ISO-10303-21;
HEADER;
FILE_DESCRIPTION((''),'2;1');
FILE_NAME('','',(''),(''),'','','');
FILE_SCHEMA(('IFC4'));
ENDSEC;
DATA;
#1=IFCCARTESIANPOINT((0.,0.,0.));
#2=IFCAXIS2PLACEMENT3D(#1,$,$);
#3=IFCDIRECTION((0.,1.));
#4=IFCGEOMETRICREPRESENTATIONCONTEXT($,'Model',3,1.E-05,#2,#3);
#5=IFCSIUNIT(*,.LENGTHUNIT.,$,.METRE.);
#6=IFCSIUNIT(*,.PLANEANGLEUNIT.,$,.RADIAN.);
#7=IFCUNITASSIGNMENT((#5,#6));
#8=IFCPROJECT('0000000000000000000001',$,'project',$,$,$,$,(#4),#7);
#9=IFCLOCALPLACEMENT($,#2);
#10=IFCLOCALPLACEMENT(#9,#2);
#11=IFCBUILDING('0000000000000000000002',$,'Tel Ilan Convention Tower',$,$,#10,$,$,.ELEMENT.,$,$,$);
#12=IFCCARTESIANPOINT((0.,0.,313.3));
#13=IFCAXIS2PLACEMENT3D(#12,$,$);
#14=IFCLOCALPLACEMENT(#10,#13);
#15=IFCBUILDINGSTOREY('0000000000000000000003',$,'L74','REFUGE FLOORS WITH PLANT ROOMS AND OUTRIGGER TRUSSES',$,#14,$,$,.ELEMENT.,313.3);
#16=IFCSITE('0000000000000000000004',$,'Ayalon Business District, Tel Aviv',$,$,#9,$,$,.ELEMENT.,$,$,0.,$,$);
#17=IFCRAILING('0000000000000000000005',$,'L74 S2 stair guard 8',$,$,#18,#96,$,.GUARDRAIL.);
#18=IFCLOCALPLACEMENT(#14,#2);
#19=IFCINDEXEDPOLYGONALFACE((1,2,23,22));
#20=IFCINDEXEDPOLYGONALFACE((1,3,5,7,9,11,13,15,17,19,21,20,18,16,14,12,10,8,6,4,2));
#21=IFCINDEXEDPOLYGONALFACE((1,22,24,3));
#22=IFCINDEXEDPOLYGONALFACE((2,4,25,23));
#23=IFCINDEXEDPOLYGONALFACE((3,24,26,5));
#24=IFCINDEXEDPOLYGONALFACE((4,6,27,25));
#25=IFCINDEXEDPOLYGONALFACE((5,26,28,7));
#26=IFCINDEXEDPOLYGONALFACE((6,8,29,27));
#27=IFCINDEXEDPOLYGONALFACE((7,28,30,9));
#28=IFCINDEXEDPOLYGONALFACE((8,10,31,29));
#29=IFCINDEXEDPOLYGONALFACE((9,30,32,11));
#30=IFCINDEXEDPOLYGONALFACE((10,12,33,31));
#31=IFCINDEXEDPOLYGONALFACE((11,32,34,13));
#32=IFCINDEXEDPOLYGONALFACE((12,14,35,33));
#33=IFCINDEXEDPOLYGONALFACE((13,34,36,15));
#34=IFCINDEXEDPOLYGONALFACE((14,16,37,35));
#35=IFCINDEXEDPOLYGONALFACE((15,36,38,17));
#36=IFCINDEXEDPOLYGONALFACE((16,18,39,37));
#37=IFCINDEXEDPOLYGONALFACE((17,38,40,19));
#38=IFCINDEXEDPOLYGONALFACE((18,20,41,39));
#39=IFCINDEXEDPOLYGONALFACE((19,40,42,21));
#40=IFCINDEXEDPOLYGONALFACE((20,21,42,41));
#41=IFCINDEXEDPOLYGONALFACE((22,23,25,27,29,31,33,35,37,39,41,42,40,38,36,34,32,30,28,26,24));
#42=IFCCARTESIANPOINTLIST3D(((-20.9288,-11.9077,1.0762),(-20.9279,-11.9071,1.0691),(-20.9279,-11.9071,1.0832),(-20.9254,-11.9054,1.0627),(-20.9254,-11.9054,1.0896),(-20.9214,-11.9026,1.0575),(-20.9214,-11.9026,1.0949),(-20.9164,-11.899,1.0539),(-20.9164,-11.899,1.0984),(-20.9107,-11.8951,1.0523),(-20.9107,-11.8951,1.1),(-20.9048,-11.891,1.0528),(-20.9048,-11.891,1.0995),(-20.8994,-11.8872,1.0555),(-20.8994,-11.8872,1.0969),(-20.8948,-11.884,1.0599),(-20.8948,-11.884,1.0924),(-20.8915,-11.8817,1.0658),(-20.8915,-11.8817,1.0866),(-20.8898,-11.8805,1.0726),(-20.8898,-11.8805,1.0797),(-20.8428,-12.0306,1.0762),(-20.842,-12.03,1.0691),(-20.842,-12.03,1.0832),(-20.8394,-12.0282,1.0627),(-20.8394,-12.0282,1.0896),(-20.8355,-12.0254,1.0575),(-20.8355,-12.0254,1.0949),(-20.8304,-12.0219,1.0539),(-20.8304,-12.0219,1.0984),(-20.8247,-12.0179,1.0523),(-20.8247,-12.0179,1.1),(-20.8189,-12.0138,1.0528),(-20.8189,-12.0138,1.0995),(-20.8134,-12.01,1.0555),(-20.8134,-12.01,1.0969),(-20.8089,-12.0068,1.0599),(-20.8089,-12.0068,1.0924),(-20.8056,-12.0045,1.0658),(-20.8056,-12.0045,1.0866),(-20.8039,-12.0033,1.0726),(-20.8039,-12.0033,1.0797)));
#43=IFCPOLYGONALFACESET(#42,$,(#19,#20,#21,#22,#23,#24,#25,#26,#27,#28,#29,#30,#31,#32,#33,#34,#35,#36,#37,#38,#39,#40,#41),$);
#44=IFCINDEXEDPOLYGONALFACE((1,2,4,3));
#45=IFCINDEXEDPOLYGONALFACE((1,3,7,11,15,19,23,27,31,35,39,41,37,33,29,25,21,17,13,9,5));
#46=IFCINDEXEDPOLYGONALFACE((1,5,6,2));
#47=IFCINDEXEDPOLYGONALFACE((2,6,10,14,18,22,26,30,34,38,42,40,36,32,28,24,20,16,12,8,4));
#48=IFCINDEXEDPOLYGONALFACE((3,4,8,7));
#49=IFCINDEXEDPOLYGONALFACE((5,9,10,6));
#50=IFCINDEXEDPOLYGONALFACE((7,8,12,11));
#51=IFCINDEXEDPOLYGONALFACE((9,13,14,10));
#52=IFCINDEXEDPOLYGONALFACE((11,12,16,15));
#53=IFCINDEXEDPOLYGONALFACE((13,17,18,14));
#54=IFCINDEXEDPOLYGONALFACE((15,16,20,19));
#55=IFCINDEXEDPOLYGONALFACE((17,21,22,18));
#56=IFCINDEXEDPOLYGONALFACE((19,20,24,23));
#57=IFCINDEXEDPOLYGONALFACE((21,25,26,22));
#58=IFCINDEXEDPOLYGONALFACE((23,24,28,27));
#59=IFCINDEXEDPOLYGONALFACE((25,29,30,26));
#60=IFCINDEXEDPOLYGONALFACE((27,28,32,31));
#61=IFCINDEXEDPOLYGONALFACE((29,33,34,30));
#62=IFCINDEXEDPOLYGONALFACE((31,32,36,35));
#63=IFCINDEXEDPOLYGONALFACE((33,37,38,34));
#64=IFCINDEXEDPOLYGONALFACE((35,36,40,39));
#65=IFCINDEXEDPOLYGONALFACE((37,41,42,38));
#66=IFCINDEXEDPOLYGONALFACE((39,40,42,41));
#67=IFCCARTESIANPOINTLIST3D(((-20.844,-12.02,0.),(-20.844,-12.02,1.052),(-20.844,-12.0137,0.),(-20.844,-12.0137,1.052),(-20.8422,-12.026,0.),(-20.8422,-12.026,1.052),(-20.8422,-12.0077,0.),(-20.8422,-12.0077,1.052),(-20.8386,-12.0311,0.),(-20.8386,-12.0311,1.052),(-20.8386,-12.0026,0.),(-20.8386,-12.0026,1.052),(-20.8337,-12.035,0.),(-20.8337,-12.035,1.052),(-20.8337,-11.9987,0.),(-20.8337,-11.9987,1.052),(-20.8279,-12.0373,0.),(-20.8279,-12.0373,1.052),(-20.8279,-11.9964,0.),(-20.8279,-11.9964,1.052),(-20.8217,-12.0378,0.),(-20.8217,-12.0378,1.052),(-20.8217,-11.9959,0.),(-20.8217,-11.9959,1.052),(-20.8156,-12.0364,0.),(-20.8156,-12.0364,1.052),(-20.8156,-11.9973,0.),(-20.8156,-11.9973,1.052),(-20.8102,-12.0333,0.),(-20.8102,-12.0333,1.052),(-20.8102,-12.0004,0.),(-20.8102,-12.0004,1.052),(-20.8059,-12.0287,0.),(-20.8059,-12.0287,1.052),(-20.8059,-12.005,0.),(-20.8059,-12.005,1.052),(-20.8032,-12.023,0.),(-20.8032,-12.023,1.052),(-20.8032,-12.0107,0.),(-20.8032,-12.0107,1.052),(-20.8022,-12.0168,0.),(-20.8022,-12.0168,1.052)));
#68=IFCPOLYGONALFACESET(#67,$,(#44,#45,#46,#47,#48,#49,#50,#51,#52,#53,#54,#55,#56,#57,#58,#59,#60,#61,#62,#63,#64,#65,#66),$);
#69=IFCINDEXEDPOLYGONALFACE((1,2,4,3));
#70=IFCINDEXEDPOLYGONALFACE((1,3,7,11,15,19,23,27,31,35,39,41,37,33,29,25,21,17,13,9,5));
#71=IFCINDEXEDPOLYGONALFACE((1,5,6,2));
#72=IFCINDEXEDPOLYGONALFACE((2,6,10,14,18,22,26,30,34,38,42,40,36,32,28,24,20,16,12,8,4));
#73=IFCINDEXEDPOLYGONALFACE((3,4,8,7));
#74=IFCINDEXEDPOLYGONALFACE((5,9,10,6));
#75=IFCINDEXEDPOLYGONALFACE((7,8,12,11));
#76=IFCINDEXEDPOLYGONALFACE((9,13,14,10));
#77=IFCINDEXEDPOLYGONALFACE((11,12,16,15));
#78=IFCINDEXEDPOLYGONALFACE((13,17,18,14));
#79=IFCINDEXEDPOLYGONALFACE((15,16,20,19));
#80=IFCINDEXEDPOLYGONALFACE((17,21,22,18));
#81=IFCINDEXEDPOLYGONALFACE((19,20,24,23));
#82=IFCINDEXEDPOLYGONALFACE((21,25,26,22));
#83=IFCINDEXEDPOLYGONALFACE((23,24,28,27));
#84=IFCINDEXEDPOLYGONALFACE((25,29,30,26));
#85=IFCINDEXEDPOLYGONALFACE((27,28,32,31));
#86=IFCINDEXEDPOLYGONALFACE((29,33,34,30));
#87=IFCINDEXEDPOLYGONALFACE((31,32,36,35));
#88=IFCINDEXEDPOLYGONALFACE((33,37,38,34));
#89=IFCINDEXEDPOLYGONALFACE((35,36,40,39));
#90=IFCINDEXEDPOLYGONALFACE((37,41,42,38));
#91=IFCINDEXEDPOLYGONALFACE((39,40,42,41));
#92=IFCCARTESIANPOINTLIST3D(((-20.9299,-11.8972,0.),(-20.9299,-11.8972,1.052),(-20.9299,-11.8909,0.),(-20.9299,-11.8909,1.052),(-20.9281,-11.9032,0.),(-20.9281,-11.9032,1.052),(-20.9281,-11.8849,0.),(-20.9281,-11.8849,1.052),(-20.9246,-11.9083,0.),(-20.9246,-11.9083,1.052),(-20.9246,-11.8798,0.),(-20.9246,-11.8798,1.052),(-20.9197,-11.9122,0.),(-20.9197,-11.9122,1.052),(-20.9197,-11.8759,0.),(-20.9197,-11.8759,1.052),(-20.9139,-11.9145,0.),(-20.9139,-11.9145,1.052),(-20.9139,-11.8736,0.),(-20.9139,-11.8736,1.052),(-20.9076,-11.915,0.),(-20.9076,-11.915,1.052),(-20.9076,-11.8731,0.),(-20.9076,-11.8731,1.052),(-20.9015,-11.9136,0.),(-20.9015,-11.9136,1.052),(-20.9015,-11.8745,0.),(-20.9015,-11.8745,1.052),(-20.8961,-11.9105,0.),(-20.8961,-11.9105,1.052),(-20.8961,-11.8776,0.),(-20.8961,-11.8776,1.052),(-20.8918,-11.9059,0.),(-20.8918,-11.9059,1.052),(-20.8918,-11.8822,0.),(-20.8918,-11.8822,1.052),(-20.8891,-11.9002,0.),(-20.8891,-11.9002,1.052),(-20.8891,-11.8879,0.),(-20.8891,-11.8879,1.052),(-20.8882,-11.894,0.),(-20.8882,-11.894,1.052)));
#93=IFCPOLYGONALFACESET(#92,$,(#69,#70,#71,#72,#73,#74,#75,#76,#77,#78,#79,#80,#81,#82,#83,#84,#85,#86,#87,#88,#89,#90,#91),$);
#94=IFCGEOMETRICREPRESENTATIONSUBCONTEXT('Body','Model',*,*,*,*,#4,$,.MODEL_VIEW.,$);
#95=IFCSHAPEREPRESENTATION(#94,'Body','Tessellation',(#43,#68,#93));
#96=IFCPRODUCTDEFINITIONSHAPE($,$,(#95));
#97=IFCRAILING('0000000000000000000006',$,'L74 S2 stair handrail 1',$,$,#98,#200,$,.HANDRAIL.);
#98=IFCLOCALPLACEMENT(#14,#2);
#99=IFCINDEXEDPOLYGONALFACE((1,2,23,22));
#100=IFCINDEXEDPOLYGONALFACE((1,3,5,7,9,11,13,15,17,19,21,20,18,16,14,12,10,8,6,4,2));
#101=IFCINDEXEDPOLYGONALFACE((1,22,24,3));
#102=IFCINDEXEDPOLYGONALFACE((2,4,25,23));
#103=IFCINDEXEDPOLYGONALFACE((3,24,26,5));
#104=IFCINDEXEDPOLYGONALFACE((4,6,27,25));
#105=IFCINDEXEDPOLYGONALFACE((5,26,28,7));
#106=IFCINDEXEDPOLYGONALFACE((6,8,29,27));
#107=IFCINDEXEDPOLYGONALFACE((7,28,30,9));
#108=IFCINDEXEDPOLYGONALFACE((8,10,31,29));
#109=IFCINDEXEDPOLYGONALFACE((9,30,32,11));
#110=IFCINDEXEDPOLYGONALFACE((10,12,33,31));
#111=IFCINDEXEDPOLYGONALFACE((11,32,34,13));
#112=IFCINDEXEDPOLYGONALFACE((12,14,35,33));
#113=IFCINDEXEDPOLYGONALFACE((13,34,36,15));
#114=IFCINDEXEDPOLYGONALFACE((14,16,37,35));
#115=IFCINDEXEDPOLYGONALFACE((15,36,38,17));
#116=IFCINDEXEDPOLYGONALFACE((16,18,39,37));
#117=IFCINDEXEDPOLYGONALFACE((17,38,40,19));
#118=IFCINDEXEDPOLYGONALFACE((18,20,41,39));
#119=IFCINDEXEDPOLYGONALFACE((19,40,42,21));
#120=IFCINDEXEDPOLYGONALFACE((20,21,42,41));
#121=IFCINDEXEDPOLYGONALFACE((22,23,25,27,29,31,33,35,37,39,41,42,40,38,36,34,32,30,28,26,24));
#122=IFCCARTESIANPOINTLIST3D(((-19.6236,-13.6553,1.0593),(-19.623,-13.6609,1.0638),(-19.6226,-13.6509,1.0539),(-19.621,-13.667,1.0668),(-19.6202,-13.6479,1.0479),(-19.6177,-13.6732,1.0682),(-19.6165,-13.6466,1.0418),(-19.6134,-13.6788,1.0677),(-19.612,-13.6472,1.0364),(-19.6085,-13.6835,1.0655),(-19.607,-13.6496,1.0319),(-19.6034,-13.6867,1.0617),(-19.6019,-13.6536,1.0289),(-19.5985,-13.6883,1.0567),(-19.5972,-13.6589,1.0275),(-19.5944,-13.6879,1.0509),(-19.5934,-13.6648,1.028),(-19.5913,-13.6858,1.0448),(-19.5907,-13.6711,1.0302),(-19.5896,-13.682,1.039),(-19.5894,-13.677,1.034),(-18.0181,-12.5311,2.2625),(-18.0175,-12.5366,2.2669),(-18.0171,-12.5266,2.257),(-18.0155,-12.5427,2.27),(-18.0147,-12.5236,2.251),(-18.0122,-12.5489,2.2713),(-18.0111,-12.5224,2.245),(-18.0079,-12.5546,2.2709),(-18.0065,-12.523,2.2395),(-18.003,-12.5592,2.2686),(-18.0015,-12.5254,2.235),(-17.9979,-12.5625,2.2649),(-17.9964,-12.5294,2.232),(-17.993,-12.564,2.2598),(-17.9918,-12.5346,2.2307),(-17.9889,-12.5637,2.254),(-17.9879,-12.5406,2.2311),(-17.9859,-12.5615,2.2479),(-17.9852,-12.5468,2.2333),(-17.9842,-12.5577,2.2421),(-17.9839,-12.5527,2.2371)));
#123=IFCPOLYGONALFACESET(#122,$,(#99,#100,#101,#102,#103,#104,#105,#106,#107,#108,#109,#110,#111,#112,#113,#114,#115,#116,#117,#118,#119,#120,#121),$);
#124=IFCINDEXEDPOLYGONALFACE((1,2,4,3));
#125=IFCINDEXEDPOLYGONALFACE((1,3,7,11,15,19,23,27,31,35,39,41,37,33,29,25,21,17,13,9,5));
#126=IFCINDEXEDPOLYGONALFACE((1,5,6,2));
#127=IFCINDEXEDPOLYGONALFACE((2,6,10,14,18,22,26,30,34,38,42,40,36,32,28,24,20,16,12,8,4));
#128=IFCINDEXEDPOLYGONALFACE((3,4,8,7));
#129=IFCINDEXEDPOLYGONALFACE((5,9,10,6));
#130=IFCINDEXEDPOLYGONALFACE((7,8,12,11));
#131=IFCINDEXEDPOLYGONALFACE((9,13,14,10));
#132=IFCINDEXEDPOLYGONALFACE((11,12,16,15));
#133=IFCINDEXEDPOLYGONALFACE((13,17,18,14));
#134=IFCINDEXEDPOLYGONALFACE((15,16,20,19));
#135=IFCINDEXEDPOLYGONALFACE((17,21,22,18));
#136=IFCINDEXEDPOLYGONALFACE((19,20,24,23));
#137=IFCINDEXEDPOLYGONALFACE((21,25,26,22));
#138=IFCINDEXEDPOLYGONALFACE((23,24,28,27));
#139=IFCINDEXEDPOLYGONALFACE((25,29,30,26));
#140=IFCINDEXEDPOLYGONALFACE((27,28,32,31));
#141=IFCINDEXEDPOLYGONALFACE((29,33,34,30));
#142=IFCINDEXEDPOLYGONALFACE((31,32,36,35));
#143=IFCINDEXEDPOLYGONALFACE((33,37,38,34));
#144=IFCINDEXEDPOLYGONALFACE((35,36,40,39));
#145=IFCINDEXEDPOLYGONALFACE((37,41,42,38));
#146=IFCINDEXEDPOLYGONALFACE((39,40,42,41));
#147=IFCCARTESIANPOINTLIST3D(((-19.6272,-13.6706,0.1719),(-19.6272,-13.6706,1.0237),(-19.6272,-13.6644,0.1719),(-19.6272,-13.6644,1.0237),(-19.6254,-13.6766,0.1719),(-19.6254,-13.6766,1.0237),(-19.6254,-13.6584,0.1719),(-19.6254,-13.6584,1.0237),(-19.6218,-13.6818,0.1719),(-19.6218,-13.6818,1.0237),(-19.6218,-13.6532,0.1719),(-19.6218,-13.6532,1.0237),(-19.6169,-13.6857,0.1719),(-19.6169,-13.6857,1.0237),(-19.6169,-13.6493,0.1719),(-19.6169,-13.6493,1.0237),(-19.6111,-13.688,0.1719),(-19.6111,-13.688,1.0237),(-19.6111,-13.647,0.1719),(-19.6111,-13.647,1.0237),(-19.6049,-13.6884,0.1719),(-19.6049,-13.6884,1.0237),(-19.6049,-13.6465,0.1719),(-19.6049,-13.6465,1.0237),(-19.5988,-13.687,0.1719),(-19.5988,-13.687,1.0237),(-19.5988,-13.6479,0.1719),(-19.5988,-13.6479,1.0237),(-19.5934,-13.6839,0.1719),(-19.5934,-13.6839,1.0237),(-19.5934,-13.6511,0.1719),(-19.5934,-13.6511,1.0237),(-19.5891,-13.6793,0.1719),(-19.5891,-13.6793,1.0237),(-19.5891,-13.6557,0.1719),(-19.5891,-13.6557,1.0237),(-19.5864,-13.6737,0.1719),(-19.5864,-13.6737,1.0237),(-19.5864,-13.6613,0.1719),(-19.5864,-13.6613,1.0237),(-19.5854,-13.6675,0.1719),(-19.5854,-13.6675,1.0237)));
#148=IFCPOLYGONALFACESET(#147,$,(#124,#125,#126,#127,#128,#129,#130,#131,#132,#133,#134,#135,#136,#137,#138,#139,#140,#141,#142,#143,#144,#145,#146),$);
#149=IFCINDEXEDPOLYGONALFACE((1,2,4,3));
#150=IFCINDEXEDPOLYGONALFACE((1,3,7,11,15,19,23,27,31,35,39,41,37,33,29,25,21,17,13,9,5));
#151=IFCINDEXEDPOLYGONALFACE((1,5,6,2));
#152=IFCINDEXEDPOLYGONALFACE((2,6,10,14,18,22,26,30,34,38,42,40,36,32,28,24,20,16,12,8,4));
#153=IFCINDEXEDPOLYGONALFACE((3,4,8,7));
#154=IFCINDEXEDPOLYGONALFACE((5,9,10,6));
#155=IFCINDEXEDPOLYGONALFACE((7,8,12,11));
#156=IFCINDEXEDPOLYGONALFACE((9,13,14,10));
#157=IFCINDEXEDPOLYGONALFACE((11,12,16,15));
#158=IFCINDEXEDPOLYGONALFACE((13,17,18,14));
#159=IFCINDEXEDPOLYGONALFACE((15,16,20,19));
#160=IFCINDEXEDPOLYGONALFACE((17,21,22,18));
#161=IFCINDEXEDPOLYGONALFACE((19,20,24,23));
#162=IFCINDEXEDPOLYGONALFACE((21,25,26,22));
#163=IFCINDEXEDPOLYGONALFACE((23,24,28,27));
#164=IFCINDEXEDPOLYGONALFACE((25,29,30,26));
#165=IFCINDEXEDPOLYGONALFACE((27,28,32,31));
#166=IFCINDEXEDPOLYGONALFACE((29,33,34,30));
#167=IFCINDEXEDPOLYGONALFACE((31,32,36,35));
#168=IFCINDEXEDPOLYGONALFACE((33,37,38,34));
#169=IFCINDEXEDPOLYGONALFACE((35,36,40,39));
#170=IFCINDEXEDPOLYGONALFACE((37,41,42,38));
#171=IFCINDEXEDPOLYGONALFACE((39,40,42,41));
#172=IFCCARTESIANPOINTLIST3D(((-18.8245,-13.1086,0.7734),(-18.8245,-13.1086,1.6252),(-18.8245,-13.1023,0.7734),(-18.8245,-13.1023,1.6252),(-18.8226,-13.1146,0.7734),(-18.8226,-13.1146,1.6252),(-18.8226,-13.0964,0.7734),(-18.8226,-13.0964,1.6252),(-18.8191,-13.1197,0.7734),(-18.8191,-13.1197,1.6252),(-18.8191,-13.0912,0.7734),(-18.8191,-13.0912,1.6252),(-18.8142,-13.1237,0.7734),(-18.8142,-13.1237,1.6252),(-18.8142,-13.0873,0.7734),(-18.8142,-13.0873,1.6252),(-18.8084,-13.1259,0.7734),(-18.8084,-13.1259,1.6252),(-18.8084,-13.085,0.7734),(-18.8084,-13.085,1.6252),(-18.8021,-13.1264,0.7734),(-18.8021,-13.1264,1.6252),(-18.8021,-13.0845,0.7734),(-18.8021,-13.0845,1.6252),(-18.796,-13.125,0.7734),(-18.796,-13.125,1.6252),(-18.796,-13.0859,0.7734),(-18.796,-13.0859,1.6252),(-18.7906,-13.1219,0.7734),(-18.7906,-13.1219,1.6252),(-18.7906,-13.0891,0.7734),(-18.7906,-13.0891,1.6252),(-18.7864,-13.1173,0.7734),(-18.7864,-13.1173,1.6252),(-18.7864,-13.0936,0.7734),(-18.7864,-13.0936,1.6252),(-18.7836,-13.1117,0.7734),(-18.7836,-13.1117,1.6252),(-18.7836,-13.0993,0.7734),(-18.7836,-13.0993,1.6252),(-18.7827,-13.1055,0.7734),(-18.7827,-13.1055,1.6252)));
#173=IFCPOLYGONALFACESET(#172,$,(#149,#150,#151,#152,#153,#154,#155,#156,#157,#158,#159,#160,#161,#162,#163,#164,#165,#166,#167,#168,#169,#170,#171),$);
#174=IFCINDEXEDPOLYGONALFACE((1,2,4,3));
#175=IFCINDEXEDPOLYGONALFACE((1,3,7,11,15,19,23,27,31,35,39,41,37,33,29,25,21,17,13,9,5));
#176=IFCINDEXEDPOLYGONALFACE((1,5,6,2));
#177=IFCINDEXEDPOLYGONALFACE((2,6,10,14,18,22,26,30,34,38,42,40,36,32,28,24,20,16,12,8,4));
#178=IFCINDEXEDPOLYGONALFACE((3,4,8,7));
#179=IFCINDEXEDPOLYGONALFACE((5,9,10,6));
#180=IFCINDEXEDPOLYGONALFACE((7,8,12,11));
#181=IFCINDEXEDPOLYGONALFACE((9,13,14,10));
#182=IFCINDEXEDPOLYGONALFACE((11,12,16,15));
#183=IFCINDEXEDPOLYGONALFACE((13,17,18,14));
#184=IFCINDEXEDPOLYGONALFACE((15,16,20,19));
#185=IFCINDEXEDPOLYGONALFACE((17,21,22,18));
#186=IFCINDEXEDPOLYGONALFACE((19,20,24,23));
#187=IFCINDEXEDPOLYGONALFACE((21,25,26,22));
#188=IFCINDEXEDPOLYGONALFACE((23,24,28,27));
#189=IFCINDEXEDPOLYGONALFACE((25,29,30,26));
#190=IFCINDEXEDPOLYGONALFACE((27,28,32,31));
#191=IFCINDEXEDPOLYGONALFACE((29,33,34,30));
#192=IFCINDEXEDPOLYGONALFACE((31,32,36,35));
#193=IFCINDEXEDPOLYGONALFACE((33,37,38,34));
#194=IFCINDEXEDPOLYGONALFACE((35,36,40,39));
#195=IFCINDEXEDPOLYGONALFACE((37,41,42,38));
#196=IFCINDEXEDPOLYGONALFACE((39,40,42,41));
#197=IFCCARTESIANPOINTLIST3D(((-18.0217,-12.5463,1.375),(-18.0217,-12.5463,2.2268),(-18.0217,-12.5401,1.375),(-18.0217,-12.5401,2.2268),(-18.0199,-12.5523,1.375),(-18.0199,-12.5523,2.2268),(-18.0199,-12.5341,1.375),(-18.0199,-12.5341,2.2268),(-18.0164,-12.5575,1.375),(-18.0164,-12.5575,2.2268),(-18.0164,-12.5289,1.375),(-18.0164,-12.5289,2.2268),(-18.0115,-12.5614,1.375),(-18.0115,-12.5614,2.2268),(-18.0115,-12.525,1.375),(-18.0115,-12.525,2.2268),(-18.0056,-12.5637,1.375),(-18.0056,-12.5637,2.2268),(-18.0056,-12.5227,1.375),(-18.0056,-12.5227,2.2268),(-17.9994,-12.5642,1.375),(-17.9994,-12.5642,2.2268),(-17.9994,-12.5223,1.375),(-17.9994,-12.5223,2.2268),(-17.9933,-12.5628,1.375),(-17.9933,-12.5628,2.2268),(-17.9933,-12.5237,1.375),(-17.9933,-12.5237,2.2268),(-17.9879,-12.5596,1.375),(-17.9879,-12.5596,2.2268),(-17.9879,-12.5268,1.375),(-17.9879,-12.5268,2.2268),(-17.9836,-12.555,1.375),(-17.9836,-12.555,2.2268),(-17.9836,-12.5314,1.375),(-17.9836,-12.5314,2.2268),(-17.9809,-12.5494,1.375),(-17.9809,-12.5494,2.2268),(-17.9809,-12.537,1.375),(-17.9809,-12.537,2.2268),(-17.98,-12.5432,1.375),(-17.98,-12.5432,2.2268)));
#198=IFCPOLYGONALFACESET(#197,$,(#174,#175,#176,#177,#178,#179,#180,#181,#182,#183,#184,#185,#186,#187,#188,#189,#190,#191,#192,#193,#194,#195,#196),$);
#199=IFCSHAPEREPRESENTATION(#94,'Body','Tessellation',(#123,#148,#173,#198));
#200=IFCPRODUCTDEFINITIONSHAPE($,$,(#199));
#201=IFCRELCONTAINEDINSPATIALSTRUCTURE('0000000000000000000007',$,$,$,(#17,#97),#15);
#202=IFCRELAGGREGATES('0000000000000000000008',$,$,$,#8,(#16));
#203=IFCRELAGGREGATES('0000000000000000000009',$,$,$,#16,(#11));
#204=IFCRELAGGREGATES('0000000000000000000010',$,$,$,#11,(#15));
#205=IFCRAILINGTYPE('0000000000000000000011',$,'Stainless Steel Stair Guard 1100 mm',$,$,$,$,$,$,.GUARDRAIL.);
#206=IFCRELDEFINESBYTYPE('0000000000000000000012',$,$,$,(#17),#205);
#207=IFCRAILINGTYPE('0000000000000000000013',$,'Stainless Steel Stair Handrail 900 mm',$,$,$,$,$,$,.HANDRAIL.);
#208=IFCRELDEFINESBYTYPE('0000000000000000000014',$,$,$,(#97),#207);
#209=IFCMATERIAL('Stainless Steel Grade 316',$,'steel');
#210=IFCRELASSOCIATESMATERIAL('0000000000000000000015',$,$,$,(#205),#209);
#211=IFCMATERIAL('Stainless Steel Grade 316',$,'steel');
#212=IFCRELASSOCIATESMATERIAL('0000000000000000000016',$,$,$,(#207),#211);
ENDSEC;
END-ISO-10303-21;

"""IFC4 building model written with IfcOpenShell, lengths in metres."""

from ifc_helpers import new_model, si_unit, direction, frame, origin, origin_2d, place, context, subcontext, project, spatial, circle, extrude, material, type_object, element, save


model = new_model("IFC4")

# Units and contexts
model_context = context("Model", 3, precision=1e-05, world=origin(), true_north=direction((0.0, 1.0)))
body_context = subcontext(model_context, "Body", "Model", "MODEL_VIEW")
ifc_project = project(units=[si_unit("LENGTHUNIT", "METRE"), si_unit("PLANEANGLEUNIT", "RADIAN")], contexts=[model_context])

# Site, building, storey
site_placement = place(None, origin())
site = spatial("IfcSite", under=ifc_project, at=site_placement, Name="Ayalon Business District, Tel Aviv", CompositionType="ELEMENT", RefElevation=0.0)
building_placement = place(site_placement, origin())
building = spatial("IfcBuilding", under=site, at=building_placement, Name="Tel Ilan Convention Tower", CompositionType="ELEMENT")
storey_placement = place(building_placement, frame((0.0, 0.0, 313.3)))
storey = spatial("IfcBuildingStorey", under=building, at=storey_placement, Name="L74", Description="REFUGE FLOORS WITH PLANT ROOMS AND OUTRIGGER TRUSSES", CompositionType="ELEMENT", Elevation=313.3)

# Railings
ifc_material_1 = material(Name="Stainless Steel Grade 316", Category="steel")
railing_type_1 = type_object("IfcRailingType", Name="Stainless Steel Stair Guard 1100 mm", PredefinedType="GUARDRAIL", material=ifc_material_1)
railing_1_placement = place(storey_placement, frame((-20.8232, -12.0168, 0.0)))
element("IfcRailing", 1, at=railing_1_placement, inside=storey, type_object=railing_type_1, Name="L74 S2 stair guard 8", PredefinedType="GUARDRAIL", context=body_context, shape_type="SweptSolid", body=[
    extrude(circle(Radius=0.0239, at=origin_2d()), frame((0.0, 0.0, 1.0762), z_axis=(-0.573353, 0.819308, 0.0), x_axis=(-0.819308, -0.573353, 0.0)), (0.0, 0.0, 1.0), 0.1499),
    extrude(circle(Radius=0.021, at=origin_2d()), origin(), (0.0, 0.0, 1.0), 1.052),
    extrude(circle(Radius=0.021, at=origin_2d()), frame((-0.0859, 0.1228, 0.0)), (0.0, 0.0, 1.0), 1.052),
])
ifc_material_2 = material(Name="Stainless Steel Grade 316", Category="steel")
railing_type_2 = type_object("IfcRailingType", Name="Stainless Steel Stair Handrail 900 mm", PredefinedType="HANDRAIL", material=ifc_material_2)
for number, where, name in (
    (2, (-19.6064, -13.6675, 0.1719), "L74 S2 stair handrail 1"),
):
    element("IfcRailing", number, at=place(storey_placement, frame(where)), inside=storey, type_object=railing_type_2, Name=name, PredefinedType="HANDRAIL", context=body_context, shape_type="SweptSolid", body=[
        extrude(circle(Radius=0.0239, at=origin_2d()), frame((0.0, 0.0, 0.876), z_axis=(0.698095, 0.488857, 0.523146), x_axis=(-0.573613, 0.819127, 0.0)), (0.0, 0.0, 1.0), 2.2998),
        extrude(circle(Radius=0.021, at=origin_2d()), origin(), (0.0, 0.0, 1.0), 0.8518),
        extrude(circle(Radius=0.021, at=origin_2d()), frame((0.8027, 0.562, 0.6016)), (0.0, 0.0, 1.0), 0.8518),
        extrude(circle(Radius=0.021, at=origin_2d()), frame((1.6055, 1.1243, 1.2031)), (0.0, 0.0, 1.0), 0.8518),
    ])

save(model, "model.ifc")
